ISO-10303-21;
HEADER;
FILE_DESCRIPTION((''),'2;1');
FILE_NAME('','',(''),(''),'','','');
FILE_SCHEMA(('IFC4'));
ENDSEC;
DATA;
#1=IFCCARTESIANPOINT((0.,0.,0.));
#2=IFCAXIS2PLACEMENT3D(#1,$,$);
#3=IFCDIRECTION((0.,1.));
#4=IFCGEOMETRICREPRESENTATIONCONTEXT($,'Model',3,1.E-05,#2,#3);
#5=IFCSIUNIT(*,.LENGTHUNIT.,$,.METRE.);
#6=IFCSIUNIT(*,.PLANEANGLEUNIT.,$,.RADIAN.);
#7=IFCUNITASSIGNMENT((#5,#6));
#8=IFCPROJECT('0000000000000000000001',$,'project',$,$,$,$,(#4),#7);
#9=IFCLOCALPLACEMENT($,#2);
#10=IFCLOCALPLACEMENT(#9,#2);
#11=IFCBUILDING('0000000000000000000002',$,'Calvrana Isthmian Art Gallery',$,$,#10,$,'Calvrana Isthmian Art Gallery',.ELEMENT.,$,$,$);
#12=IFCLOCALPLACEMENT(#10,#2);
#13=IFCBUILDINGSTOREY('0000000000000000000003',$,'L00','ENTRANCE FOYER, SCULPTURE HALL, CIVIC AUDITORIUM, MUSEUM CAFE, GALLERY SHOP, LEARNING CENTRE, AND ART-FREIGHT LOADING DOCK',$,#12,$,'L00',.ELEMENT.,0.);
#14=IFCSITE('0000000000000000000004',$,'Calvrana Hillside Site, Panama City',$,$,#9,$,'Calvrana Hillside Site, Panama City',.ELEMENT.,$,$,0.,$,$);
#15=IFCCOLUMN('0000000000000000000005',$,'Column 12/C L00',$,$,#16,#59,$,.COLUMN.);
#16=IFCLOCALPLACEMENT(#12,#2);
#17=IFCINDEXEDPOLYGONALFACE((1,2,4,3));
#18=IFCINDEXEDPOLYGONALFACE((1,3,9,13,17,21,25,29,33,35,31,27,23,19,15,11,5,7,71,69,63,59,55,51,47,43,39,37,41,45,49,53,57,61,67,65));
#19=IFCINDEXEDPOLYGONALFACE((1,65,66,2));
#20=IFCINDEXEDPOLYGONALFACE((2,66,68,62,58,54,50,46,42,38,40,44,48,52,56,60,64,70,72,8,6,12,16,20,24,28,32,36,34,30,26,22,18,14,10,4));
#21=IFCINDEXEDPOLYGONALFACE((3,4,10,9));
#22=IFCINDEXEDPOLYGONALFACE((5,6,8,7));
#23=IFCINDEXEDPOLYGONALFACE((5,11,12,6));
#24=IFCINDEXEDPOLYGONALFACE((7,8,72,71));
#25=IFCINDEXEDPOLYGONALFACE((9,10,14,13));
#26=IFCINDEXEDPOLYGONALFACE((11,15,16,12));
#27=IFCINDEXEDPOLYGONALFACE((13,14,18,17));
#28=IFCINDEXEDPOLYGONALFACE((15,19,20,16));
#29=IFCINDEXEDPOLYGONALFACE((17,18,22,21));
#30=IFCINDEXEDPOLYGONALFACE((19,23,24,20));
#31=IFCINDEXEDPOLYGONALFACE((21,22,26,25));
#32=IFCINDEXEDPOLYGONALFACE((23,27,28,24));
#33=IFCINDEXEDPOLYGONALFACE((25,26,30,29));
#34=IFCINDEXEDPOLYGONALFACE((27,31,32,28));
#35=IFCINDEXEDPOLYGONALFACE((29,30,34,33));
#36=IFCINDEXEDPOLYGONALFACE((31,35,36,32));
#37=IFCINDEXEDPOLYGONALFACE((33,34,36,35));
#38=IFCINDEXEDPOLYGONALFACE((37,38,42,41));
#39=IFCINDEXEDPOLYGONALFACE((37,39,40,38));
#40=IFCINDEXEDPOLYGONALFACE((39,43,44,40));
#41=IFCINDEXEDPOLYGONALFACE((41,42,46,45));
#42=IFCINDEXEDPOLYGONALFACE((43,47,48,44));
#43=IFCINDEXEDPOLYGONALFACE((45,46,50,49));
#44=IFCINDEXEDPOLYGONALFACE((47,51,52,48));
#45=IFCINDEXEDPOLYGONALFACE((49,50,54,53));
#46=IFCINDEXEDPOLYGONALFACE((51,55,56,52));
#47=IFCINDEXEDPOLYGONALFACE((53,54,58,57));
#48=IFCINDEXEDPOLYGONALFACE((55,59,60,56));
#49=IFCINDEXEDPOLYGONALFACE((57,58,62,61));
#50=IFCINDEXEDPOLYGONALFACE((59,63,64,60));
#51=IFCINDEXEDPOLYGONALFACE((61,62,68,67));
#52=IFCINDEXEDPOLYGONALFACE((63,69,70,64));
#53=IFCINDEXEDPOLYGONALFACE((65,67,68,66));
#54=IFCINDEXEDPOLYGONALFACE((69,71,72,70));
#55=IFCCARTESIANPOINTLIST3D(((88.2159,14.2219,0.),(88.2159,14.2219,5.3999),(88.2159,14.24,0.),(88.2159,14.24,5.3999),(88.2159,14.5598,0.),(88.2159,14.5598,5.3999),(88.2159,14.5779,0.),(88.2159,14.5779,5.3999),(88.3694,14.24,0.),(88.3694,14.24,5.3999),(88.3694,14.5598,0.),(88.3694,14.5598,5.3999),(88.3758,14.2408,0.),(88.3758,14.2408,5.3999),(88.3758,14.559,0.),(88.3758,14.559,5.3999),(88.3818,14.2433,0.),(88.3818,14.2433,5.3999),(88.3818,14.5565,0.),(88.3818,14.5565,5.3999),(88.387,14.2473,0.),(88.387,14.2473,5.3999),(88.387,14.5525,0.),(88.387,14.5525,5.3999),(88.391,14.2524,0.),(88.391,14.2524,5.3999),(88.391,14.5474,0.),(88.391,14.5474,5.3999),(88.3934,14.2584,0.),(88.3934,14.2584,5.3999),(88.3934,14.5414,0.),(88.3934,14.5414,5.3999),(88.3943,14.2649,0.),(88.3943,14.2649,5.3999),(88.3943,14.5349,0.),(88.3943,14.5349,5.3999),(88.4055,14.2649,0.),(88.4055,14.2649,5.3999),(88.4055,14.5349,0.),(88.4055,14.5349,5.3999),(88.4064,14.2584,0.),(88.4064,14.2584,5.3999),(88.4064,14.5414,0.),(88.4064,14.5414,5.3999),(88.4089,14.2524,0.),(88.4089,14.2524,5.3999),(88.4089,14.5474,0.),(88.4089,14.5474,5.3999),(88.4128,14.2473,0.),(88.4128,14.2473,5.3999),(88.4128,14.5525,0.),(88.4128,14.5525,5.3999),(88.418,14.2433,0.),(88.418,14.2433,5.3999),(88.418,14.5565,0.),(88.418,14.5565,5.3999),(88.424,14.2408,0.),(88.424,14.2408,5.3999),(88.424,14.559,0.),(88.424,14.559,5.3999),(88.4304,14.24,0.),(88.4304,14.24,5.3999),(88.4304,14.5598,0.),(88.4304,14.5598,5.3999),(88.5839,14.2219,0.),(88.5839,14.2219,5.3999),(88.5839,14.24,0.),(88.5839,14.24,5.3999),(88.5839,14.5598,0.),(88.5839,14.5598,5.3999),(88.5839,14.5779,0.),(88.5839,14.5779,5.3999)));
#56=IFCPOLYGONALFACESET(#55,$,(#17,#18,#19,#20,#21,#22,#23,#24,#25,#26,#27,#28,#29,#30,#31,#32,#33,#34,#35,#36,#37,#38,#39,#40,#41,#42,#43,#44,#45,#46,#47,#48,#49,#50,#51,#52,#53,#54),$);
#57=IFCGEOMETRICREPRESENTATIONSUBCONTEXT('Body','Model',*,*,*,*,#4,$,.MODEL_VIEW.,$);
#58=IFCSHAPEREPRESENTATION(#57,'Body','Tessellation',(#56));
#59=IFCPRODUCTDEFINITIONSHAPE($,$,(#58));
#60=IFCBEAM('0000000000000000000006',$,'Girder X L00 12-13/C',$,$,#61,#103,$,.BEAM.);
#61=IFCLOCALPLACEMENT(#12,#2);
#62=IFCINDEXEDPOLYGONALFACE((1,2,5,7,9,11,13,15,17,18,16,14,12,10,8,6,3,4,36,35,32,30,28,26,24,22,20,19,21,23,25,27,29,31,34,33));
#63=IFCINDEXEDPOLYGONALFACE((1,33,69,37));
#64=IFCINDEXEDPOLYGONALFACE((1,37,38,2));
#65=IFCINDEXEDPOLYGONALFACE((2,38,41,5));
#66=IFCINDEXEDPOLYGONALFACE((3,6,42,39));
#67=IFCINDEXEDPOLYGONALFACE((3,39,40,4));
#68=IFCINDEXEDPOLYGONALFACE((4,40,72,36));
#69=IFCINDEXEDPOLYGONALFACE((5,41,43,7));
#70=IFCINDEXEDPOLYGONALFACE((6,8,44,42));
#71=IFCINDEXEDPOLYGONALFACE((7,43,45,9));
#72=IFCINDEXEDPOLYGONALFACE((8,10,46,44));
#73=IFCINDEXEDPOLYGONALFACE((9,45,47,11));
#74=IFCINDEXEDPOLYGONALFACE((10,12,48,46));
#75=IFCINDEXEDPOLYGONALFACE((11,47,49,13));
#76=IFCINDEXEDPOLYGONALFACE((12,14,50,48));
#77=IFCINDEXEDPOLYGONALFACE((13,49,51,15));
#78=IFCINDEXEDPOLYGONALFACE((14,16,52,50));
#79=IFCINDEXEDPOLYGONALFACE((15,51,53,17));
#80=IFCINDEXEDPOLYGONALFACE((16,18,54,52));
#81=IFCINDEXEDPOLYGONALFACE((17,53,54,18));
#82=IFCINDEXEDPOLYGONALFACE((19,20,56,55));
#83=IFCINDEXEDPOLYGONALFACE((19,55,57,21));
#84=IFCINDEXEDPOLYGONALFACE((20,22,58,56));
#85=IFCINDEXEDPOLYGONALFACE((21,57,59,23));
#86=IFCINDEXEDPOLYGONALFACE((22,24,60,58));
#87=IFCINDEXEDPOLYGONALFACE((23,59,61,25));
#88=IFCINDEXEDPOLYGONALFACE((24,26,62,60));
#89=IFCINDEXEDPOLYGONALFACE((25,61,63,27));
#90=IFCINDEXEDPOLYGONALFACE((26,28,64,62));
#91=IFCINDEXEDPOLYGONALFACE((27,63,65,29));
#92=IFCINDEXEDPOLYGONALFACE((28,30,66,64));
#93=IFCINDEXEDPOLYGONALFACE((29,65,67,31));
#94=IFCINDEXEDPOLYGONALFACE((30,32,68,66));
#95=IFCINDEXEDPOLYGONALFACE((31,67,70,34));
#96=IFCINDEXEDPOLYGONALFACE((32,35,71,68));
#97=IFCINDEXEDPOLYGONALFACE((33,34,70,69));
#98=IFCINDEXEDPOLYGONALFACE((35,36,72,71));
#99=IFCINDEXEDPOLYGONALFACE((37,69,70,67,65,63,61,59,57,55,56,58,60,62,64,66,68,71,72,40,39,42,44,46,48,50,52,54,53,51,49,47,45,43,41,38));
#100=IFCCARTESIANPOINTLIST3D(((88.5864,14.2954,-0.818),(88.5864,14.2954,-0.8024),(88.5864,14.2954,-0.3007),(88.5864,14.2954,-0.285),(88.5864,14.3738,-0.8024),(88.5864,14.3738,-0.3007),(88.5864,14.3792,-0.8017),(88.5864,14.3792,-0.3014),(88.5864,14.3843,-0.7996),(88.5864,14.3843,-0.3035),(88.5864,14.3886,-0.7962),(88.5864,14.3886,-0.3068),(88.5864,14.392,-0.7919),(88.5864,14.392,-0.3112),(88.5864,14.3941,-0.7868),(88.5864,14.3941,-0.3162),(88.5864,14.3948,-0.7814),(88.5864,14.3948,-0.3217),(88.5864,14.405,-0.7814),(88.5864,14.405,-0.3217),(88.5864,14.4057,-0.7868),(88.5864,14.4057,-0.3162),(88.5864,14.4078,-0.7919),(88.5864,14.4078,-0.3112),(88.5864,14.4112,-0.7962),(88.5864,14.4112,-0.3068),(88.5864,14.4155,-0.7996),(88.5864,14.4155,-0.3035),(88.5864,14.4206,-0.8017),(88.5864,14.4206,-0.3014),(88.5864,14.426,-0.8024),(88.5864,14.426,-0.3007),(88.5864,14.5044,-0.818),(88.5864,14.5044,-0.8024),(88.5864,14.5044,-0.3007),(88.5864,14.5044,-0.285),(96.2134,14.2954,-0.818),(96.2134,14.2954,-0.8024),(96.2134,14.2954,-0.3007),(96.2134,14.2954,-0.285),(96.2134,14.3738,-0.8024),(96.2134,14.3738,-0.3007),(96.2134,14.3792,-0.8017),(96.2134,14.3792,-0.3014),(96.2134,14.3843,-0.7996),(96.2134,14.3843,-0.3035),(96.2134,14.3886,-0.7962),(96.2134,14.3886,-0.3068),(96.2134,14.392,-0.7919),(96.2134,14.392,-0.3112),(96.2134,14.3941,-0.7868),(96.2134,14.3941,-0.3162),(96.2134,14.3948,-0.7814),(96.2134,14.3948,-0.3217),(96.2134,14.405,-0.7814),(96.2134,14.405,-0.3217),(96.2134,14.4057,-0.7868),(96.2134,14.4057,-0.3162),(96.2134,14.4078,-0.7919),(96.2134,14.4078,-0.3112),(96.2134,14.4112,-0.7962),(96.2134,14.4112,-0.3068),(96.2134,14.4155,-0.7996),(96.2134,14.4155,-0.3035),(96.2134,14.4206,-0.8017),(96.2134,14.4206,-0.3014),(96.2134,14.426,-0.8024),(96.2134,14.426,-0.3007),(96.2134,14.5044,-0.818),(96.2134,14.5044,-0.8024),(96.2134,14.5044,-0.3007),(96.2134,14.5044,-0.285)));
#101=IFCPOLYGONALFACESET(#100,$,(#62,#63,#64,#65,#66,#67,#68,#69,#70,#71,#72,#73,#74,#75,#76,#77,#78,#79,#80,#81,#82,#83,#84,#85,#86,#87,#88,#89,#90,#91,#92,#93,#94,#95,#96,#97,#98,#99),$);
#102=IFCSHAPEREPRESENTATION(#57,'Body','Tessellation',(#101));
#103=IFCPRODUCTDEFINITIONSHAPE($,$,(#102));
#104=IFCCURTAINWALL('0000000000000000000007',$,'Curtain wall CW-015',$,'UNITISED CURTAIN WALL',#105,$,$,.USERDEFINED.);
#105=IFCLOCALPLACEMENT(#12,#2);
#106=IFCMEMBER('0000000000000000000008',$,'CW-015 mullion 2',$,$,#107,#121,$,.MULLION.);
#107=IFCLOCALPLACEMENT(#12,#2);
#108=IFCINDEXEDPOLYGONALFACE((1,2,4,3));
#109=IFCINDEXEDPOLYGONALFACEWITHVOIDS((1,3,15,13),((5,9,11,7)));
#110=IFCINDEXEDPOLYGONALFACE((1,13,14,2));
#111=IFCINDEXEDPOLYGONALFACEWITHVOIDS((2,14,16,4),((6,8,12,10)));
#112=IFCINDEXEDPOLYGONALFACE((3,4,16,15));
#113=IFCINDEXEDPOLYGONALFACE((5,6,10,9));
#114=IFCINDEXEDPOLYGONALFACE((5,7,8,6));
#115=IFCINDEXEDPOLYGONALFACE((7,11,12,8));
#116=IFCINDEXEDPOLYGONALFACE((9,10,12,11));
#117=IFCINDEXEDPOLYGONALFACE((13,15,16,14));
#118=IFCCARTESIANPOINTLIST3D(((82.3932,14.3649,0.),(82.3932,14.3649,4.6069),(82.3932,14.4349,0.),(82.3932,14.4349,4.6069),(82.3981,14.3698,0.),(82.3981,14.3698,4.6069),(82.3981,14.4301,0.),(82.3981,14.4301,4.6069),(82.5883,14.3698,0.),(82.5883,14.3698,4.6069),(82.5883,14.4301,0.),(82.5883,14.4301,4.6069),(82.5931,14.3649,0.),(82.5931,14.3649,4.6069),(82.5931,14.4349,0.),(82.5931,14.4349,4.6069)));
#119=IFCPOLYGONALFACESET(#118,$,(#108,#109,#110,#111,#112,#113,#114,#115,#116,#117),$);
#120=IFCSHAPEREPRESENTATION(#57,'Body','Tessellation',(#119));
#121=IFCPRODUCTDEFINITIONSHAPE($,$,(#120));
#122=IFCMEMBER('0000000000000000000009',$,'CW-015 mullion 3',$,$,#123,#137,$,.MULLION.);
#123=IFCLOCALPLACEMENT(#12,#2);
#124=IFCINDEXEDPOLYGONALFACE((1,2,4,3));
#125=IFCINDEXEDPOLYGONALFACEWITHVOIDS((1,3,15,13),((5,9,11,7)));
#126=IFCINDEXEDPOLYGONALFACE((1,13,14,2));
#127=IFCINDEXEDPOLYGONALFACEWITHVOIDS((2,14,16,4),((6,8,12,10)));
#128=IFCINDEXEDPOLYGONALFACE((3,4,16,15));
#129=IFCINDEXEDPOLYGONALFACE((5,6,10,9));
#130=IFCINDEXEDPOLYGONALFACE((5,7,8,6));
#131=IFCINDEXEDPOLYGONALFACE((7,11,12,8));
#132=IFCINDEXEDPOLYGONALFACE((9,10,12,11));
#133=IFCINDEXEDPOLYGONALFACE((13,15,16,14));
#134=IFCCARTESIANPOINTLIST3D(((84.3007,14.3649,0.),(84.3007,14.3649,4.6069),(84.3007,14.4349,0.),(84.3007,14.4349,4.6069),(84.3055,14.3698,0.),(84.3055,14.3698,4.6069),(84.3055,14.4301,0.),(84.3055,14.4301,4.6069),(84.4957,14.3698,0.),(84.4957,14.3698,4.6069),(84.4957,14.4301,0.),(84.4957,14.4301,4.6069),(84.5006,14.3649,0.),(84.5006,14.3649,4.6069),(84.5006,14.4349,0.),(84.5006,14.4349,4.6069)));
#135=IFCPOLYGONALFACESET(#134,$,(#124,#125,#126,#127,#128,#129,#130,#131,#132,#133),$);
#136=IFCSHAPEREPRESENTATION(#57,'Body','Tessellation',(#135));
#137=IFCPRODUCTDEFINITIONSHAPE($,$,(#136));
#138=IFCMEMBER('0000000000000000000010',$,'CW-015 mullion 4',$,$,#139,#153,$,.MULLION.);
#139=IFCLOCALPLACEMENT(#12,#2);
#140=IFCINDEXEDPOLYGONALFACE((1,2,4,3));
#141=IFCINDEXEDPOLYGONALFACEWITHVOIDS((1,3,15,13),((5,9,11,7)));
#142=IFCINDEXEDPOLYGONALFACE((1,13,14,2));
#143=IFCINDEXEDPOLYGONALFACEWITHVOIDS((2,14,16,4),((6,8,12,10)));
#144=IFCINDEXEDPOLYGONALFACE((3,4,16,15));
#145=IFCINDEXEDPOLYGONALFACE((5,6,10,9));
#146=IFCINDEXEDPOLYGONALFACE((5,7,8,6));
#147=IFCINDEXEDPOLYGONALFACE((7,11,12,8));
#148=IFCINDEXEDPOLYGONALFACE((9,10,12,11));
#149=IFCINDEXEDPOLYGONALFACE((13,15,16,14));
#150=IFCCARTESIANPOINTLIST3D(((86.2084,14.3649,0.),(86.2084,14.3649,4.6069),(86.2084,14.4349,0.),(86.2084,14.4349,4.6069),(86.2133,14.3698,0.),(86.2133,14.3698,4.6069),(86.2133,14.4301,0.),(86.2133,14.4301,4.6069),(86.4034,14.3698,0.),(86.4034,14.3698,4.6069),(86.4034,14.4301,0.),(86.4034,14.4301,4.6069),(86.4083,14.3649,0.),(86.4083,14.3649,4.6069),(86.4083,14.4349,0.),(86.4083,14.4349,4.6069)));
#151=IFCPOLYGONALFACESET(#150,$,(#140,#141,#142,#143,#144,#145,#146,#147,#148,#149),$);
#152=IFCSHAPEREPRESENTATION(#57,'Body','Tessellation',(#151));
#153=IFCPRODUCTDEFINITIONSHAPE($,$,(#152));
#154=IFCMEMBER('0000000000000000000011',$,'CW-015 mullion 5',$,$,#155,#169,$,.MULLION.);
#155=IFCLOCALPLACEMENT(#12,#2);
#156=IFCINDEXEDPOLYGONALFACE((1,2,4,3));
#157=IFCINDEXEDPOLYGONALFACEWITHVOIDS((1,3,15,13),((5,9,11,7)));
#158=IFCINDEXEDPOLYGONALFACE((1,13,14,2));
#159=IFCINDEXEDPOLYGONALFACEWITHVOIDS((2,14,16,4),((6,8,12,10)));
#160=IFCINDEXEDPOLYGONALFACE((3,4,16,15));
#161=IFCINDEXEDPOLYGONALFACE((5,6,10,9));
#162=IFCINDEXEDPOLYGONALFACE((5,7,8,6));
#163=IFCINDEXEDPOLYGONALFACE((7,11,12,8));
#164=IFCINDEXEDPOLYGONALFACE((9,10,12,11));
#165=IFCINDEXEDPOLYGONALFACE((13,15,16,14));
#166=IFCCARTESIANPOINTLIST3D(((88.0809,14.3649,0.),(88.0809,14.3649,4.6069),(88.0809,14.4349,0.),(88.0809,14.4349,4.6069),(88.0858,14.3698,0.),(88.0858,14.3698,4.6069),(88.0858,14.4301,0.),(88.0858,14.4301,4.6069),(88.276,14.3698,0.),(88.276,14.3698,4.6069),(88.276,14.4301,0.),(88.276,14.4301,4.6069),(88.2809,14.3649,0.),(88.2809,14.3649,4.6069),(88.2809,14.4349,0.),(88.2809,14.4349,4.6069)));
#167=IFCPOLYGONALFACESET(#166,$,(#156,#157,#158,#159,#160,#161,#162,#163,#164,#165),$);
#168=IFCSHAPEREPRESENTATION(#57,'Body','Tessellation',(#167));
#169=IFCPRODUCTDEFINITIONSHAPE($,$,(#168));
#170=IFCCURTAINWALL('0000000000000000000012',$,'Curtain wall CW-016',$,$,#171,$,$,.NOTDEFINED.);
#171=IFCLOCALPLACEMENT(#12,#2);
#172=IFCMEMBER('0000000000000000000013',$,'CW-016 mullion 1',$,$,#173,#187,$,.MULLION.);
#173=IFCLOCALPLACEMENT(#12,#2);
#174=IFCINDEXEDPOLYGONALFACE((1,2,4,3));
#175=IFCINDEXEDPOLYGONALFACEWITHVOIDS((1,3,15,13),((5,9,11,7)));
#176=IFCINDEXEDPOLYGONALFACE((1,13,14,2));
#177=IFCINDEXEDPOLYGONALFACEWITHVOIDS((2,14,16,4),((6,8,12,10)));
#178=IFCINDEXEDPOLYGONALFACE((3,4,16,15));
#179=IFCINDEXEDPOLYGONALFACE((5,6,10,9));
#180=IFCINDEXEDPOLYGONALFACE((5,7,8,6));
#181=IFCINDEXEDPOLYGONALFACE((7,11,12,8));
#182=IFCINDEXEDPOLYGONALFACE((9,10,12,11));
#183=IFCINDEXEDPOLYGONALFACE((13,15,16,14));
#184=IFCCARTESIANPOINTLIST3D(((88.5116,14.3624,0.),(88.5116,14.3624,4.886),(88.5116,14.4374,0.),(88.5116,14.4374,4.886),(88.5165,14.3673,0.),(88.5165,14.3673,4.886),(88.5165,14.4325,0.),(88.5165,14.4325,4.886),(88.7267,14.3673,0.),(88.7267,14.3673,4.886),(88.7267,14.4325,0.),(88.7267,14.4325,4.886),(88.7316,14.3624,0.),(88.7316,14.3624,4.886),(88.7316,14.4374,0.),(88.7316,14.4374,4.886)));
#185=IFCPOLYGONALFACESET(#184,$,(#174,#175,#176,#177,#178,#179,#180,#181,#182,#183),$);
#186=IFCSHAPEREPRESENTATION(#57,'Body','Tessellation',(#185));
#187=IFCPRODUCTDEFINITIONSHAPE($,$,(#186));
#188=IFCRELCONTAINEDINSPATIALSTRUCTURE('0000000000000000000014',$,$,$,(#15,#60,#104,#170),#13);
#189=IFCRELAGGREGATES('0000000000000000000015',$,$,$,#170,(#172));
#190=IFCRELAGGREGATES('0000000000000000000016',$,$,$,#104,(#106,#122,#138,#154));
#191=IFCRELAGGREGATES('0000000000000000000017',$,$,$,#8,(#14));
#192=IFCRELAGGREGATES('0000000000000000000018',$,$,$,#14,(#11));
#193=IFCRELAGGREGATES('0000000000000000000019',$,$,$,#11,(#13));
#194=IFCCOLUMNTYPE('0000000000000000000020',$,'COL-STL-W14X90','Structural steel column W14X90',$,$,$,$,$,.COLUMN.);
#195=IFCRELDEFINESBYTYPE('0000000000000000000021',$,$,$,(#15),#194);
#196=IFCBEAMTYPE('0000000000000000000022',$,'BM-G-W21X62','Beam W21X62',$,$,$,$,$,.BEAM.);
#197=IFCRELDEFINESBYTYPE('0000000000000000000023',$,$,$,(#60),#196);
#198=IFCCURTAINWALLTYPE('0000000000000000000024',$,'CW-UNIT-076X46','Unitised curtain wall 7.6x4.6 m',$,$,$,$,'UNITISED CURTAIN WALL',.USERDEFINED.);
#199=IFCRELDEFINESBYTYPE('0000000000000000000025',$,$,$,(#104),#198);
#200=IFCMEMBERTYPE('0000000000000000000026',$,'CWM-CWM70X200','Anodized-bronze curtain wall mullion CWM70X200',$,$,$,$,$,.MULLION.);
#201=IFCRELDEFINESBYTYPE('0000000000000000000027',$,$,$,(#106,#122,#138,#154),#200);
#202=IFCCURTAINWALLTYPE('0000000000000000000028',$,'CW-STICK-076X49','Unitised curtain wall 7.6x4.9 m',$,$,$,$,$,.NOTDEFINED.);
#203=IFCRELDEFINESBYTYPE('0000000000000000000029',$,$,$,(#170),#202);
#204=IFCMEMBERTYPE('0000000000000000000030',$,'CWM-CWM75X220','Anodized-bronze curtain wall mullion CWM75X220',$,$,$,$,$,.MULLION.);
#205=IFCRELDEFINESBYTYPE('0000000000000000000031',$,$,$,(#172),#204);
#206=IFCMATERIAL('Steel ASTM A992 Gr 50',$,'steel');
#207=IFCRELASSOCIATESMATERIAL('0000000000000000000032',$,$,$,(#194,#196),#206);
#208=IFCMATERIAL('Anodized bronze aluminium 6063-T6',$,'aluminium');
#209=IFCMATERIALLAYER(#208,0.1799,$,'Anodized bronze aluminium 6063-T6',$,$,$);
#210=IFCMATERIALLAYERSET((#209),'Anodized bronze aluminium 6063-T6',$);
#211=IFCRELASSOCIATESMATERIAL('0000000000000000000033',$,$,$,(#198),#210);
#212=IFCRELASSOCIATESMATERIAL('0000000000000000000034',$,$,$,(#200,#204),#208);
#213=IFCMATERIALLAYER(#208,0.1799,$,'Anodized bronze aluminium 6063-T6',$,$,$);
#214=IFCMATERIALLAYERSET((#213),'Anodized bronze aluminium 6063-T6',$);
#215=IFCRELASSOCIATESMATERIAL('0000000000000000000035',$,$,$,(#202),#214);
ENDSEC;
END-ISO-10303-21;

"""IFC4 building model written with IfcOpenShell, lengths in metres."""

from ifc_helpers import new_model, si_unit, direction, frame, origin, origin_2d, place, context, subcontext, project, spatial, hollow_rectangle, i_section, extrude, material, layer, layer_set, material_profile, profile_set, type_object, element, aggregate, save


model = new_model("IFC4")

# Units and contexts
model_context = context("Model", 3, precision=1e-05, world=origin(), true_north=direction((0.0, 1.0)))
body_context = subcontext(model_context, "Body", "Model", "MODEL_VIEW")
ifc_project = project(units=[si_unit("LENGTHUNIT", "METRE"), si_unit("PLANEANGLEUNIT", "RADIAN")], contexts=[model_context])

# Site, building, storey
site_placement = place(None, origin())
site = spatial("IfcSite", under=ifc_project, at=site_placement, Name="Calvrana Hillside Site, Panama City", LongName="Calvrana Hillside Site, Panama City", CompositionType="ELEMENT", RefElevation=0.0)
building_placement = place(site_placement, origin())
building = spatial("IfcBuilding", under=site, at=building_placement, Name="Calvrana Isthmian Art Gallery", LongName="Calvrana Isthmian Art Gallery", CompositionType="ELEMENT")
storey_placement = place(building_placement, origin())
storey = spatial("IfcBuildingStorey", under=building, at=storey_placement, Name="L00", Description="ENTRANCE FOYER, SCULPTURE HALL, CIVIC AUDITORIUM, MUSEUM CAFE, GALLERY SHOP, LEARNING CENTRE, AND ART-FREIGHT LOADING DOCK", LongName="L00", CompositionType="ELEMENT", Elevation=0.0)

# Column
ifc_material_1 = material(Name="Steel ASTM A992 Gr 50", Category="steel")
ifc_material_profile_1 = material_profile(ifc_material_1, i_section(OverallWidth=0.3679, OverallDepth=0.356, WebThickness=0.0112, FlangeThickness=0.0181, FilletRadius=0.0249, at=origin_2d()), Name="W14X90")
ifc_profile_set_1 = profile_set([ifc_material_profile_1], Name="Steel ASTM A992 Gr 50")
column_type = type_object("IfcColumnType", Name="COL-STL-W14X90", Description="Structural steel column W14X90", PredefinedType="COLUMN", material=ifc_profile_set_1)
column_placement = place(storey_placement, frame((88.3999, 14.3999, 0.0), z_axis=(0.0, 0.0, 1.0), x_axis=(1.0, 0.0, 0.0)))
element("IfcColumn", 1, at=column_placement, inside=storey, type_object=column_type, Name="Column 12/C L00", PredefinedType="COLUMN", context=body_context, shape_type="SweptSolid", body=[
    extrude(i_section(OverallWidth=0.3679, OverallDepth=0.356, WebThickness=0.0112, FlangeThickness=0.0181, FilletRadius=0.0249, at=origin_2d()), origin(), (0.0, 0.0, 1.0), 5.3999),
])

# Beam
ifc_material_profile_2 = material_profile(ifc_material_1, i_section(OverallWidth=0.209, OverallDepth=0.533, WebThickness=0.0103, FlangeThickness=0.0156, FilletRadius=0.021, at=origin_2d()), Name="W21X62")
ifc_profile_set_2 = profile_set([ifc_material_profile_2], Name="Steel ASTM A992 Gr 50")
beam_type = type_object("IfcBeamType", Name="BM-G-W21X62", Description="Beam W21X62", PredefinedType="BEAM", material=ifc_profile_set_2)
beam_placement = place(storey_placement, frame((88.5864, 14.3999, -0.5515), z_axis=(1.0, 0.0, 0.0), x_axis=(0.0, 1.0, 0.0)))
element("IfcBeam", 2, at=beam_placement, inside=storey, type_object=beam_type, Name="Girder X L00 12-13/C", PredefinedType="BEAM", context=body_context, shape_type="SweptSolid", body=[
    extrude(i_section(OverallWidth=0.209, OverallDepth=0.533, WebThickness=0.0103, FlangeThickness=0.0156, FilletRadius=0.021, at=origin_2d()), origin(), (0.0, 0.0, 1.0), 7.627),
])

# Curtain wall, members
ifc_material_2 = material(Name="Anodized bronze aluminium 6063-T6", Category="aluminium")
ifc_layer_1 = layer(ifc_material_2, 0.1799, Name="Anodized bronze aluminium 6063-T6")
ifc_layer_set_1 = layer_set([ifc_layer_1], Name="Anodized bronze aluminium 6063-T6")
curtain_wall_type_1 = type_object("IfcCurtainWallType", Name="CW-UNIT-076X46", Description="Unitised curtain wall 7.6x4.6 m", ElementType="UNITISED CURTAIN WALL", PredefinedType="USERDEFINED", material=ifc_layer_set_1)
curtain_wall_1_placement = place(storey_placement, origin())
curtain_wall_1 = element("IfcCurtainWall", 3, at=curtain_wall_1_placement, inside=storey, type_object=curtain_wall_type_1, Name="Curtain wall CW-015", ObjectType="UNITISED CURTAIN WALL", PredefinedType="USERDEFINED")
ifc_material_profile_3 = material_profile(ifc_material_2, hollow_rectangle(XDim=0.0701, YDim=0.2, WallThickness=0.0049, at=origin_2d()), Name="CWM70X200")
ifc_profile_set_3 = profile_set([ifc_material_profile_3], Name="Anodized bronze aluminium 6063-T6")
member_type_1 = type_object("IfcMemberType", Name="CWM-CWM70X200", Description="Anodized-bronze curtain wall mullion CWM70X200", PredefinedType="MULLION", material=ifc_profile_set_3)
member_1_placement = place(storey_placement, frame((82.4932, 14.3999, 0.0), z_axis=(0.0, 0.0, 1.0), x_axis=(0.0, 1.0, 0.0)))
member_1 = element("IfcMember", 4, at=member_1_placement, type_object=member_type_1, Name="CW-015 mullion 2", PredefinedType="MULLION", context=body_context, shape_type="SweptSolid", body=[
    extrude(hollow_rectangle(XDim=0.0701, YDim=0.2, WallThickness=0.0049, at=origin_2d()), origin(), (0.0, 0.0, 1.0), 4.6069),
])
member_2_placement = place(storey_placement, frame((84.4006, 14.3999, 0.0), z_axis=(0.0, 0.0, 1.0), x_axis=(0.0, 1.0, 0.0)))
member_2 = element("IfcMember", 5, at=member_2_placement, type_object=member_type_1, Name="CW-015 mullion 3", PredefinedType="MULLION", context=body_context, shape_type="SweptSolid", body=[
    extrude(hollow_rectangle(XDim=0.0701, YDim=0.2, WallThickness=0.0049, at=origin_2d()), origin(), (0.0, 0.0, 1.0), 4.6069),
])
member_3_placement = place(storey_placement, frame((86.3083, 14.3999, 0.0), z_axis=(0.0, 0.0, 1.0), x_axis=(0.0, 1.0, 0.0)))
member_3 = element("IfcMember", 6, at=member_3_placement, type_object=member_type_1, Name="CW-015 mullion 4", PredefinedType="MULLION", context=body_context, shape_type="SweptSolid", body=[
    extrude(hollow_rectangle(XDim=0.0701, YDim=0.2, WallThickness=0.0049, at=origin_2d()), origin(), (0.0, 0.0, 1.0), 4.6069),
])
member_4_placement = place(storey_placement, frame((88.1809, 14.3999, 0.0), z_axis=(0.0, 0.0, 1.0), x_axis=(0.0, 1.0, 0.0)))
member_4 = element("IfcMember", 7, at=member_4_placement, type_object=member_type_1, Name="CW-015 mullion 5", PredefinedType="MULLION", context=body_context, shape_type="SweptSolid", body=[
    extrude(hollow_rectangle(XDim=0.0701, YDim=0.2, WallThickness=0.0049, at=origin_2d()), origin(), (0.0, 0.0, 1.0), 4.6069),
])

# Curtain wall, member
ifc_layer_2 = layer(ifc_material_2, 0.1799, Name="Anodized bronze aluminium 6063-T6")
ifc_layer_set_2 = layer_set([ifc_layer_2], Name="Anodized bronze aluminium 6063-T6")
curtain_wall_type_2 = type_object("IfcCurtainWallType", Name="CW-STICK-076X49", Description="Unitised curtain wall 7.6x4.9 m", PredefinedType="NOTDEFINED", material=ifc_layer_set_2)
curtain_wall_2_placement = place(storey_placement, origin())
curtain_wall_2 = element("IfcCurtainWall", 8, at=curtain_wall_2_placement, inside=storey, type_object=curtain_wall_type_2, Name="Curtain wall CW-016", PredefinedType="NOTDEFINED")
ifc_material_profile_4 = material_profile(ifc_material_2, hollow_rectangle(XDim=0.075, YDim=0.22, WallThickness=0.0049, at=origin_2d()), Name="CWM75X220")
ifc_profile_set_4 = profile_set([ifc_material_profile_4], Name="Anodized bronze aluminium 6063-T6")
member_type_2 = type_object("IfcMemberType", Name="CWM-CWM75X220", Description="Anodized-bronze curtain wall mullion CWM75X220", PredefinedType="MULLION", material=ifc_profile_set_4)
member_5_placement = place(storey_placement, frame((88.6216, 14.3999, 0.0), z_axis=(0.0, 0.0, 1.0), x_axis=(0.0, 1.0, 0.0)))
member_5 = element("IfcMember", 9, at=member_5_placement, type_object=member_type_2, Name="CW-016 mullion 1", PredefinedType="MULLION", context=body_context, shape_type="SweptSolid", body=[
    extrude(hollow_rectangle(XDim=0.075, YDim=0.22, WallThickness=0.0049, at=origin_2d()), origin(), (0.0, 0.0, 1.0), 4.886),
])
aggregate(curtain_wall_2, [member_5])

aggregate(curtain_wall_1, [member_1, member_2, member_3, member_4])

save(model, "model.ifc")
